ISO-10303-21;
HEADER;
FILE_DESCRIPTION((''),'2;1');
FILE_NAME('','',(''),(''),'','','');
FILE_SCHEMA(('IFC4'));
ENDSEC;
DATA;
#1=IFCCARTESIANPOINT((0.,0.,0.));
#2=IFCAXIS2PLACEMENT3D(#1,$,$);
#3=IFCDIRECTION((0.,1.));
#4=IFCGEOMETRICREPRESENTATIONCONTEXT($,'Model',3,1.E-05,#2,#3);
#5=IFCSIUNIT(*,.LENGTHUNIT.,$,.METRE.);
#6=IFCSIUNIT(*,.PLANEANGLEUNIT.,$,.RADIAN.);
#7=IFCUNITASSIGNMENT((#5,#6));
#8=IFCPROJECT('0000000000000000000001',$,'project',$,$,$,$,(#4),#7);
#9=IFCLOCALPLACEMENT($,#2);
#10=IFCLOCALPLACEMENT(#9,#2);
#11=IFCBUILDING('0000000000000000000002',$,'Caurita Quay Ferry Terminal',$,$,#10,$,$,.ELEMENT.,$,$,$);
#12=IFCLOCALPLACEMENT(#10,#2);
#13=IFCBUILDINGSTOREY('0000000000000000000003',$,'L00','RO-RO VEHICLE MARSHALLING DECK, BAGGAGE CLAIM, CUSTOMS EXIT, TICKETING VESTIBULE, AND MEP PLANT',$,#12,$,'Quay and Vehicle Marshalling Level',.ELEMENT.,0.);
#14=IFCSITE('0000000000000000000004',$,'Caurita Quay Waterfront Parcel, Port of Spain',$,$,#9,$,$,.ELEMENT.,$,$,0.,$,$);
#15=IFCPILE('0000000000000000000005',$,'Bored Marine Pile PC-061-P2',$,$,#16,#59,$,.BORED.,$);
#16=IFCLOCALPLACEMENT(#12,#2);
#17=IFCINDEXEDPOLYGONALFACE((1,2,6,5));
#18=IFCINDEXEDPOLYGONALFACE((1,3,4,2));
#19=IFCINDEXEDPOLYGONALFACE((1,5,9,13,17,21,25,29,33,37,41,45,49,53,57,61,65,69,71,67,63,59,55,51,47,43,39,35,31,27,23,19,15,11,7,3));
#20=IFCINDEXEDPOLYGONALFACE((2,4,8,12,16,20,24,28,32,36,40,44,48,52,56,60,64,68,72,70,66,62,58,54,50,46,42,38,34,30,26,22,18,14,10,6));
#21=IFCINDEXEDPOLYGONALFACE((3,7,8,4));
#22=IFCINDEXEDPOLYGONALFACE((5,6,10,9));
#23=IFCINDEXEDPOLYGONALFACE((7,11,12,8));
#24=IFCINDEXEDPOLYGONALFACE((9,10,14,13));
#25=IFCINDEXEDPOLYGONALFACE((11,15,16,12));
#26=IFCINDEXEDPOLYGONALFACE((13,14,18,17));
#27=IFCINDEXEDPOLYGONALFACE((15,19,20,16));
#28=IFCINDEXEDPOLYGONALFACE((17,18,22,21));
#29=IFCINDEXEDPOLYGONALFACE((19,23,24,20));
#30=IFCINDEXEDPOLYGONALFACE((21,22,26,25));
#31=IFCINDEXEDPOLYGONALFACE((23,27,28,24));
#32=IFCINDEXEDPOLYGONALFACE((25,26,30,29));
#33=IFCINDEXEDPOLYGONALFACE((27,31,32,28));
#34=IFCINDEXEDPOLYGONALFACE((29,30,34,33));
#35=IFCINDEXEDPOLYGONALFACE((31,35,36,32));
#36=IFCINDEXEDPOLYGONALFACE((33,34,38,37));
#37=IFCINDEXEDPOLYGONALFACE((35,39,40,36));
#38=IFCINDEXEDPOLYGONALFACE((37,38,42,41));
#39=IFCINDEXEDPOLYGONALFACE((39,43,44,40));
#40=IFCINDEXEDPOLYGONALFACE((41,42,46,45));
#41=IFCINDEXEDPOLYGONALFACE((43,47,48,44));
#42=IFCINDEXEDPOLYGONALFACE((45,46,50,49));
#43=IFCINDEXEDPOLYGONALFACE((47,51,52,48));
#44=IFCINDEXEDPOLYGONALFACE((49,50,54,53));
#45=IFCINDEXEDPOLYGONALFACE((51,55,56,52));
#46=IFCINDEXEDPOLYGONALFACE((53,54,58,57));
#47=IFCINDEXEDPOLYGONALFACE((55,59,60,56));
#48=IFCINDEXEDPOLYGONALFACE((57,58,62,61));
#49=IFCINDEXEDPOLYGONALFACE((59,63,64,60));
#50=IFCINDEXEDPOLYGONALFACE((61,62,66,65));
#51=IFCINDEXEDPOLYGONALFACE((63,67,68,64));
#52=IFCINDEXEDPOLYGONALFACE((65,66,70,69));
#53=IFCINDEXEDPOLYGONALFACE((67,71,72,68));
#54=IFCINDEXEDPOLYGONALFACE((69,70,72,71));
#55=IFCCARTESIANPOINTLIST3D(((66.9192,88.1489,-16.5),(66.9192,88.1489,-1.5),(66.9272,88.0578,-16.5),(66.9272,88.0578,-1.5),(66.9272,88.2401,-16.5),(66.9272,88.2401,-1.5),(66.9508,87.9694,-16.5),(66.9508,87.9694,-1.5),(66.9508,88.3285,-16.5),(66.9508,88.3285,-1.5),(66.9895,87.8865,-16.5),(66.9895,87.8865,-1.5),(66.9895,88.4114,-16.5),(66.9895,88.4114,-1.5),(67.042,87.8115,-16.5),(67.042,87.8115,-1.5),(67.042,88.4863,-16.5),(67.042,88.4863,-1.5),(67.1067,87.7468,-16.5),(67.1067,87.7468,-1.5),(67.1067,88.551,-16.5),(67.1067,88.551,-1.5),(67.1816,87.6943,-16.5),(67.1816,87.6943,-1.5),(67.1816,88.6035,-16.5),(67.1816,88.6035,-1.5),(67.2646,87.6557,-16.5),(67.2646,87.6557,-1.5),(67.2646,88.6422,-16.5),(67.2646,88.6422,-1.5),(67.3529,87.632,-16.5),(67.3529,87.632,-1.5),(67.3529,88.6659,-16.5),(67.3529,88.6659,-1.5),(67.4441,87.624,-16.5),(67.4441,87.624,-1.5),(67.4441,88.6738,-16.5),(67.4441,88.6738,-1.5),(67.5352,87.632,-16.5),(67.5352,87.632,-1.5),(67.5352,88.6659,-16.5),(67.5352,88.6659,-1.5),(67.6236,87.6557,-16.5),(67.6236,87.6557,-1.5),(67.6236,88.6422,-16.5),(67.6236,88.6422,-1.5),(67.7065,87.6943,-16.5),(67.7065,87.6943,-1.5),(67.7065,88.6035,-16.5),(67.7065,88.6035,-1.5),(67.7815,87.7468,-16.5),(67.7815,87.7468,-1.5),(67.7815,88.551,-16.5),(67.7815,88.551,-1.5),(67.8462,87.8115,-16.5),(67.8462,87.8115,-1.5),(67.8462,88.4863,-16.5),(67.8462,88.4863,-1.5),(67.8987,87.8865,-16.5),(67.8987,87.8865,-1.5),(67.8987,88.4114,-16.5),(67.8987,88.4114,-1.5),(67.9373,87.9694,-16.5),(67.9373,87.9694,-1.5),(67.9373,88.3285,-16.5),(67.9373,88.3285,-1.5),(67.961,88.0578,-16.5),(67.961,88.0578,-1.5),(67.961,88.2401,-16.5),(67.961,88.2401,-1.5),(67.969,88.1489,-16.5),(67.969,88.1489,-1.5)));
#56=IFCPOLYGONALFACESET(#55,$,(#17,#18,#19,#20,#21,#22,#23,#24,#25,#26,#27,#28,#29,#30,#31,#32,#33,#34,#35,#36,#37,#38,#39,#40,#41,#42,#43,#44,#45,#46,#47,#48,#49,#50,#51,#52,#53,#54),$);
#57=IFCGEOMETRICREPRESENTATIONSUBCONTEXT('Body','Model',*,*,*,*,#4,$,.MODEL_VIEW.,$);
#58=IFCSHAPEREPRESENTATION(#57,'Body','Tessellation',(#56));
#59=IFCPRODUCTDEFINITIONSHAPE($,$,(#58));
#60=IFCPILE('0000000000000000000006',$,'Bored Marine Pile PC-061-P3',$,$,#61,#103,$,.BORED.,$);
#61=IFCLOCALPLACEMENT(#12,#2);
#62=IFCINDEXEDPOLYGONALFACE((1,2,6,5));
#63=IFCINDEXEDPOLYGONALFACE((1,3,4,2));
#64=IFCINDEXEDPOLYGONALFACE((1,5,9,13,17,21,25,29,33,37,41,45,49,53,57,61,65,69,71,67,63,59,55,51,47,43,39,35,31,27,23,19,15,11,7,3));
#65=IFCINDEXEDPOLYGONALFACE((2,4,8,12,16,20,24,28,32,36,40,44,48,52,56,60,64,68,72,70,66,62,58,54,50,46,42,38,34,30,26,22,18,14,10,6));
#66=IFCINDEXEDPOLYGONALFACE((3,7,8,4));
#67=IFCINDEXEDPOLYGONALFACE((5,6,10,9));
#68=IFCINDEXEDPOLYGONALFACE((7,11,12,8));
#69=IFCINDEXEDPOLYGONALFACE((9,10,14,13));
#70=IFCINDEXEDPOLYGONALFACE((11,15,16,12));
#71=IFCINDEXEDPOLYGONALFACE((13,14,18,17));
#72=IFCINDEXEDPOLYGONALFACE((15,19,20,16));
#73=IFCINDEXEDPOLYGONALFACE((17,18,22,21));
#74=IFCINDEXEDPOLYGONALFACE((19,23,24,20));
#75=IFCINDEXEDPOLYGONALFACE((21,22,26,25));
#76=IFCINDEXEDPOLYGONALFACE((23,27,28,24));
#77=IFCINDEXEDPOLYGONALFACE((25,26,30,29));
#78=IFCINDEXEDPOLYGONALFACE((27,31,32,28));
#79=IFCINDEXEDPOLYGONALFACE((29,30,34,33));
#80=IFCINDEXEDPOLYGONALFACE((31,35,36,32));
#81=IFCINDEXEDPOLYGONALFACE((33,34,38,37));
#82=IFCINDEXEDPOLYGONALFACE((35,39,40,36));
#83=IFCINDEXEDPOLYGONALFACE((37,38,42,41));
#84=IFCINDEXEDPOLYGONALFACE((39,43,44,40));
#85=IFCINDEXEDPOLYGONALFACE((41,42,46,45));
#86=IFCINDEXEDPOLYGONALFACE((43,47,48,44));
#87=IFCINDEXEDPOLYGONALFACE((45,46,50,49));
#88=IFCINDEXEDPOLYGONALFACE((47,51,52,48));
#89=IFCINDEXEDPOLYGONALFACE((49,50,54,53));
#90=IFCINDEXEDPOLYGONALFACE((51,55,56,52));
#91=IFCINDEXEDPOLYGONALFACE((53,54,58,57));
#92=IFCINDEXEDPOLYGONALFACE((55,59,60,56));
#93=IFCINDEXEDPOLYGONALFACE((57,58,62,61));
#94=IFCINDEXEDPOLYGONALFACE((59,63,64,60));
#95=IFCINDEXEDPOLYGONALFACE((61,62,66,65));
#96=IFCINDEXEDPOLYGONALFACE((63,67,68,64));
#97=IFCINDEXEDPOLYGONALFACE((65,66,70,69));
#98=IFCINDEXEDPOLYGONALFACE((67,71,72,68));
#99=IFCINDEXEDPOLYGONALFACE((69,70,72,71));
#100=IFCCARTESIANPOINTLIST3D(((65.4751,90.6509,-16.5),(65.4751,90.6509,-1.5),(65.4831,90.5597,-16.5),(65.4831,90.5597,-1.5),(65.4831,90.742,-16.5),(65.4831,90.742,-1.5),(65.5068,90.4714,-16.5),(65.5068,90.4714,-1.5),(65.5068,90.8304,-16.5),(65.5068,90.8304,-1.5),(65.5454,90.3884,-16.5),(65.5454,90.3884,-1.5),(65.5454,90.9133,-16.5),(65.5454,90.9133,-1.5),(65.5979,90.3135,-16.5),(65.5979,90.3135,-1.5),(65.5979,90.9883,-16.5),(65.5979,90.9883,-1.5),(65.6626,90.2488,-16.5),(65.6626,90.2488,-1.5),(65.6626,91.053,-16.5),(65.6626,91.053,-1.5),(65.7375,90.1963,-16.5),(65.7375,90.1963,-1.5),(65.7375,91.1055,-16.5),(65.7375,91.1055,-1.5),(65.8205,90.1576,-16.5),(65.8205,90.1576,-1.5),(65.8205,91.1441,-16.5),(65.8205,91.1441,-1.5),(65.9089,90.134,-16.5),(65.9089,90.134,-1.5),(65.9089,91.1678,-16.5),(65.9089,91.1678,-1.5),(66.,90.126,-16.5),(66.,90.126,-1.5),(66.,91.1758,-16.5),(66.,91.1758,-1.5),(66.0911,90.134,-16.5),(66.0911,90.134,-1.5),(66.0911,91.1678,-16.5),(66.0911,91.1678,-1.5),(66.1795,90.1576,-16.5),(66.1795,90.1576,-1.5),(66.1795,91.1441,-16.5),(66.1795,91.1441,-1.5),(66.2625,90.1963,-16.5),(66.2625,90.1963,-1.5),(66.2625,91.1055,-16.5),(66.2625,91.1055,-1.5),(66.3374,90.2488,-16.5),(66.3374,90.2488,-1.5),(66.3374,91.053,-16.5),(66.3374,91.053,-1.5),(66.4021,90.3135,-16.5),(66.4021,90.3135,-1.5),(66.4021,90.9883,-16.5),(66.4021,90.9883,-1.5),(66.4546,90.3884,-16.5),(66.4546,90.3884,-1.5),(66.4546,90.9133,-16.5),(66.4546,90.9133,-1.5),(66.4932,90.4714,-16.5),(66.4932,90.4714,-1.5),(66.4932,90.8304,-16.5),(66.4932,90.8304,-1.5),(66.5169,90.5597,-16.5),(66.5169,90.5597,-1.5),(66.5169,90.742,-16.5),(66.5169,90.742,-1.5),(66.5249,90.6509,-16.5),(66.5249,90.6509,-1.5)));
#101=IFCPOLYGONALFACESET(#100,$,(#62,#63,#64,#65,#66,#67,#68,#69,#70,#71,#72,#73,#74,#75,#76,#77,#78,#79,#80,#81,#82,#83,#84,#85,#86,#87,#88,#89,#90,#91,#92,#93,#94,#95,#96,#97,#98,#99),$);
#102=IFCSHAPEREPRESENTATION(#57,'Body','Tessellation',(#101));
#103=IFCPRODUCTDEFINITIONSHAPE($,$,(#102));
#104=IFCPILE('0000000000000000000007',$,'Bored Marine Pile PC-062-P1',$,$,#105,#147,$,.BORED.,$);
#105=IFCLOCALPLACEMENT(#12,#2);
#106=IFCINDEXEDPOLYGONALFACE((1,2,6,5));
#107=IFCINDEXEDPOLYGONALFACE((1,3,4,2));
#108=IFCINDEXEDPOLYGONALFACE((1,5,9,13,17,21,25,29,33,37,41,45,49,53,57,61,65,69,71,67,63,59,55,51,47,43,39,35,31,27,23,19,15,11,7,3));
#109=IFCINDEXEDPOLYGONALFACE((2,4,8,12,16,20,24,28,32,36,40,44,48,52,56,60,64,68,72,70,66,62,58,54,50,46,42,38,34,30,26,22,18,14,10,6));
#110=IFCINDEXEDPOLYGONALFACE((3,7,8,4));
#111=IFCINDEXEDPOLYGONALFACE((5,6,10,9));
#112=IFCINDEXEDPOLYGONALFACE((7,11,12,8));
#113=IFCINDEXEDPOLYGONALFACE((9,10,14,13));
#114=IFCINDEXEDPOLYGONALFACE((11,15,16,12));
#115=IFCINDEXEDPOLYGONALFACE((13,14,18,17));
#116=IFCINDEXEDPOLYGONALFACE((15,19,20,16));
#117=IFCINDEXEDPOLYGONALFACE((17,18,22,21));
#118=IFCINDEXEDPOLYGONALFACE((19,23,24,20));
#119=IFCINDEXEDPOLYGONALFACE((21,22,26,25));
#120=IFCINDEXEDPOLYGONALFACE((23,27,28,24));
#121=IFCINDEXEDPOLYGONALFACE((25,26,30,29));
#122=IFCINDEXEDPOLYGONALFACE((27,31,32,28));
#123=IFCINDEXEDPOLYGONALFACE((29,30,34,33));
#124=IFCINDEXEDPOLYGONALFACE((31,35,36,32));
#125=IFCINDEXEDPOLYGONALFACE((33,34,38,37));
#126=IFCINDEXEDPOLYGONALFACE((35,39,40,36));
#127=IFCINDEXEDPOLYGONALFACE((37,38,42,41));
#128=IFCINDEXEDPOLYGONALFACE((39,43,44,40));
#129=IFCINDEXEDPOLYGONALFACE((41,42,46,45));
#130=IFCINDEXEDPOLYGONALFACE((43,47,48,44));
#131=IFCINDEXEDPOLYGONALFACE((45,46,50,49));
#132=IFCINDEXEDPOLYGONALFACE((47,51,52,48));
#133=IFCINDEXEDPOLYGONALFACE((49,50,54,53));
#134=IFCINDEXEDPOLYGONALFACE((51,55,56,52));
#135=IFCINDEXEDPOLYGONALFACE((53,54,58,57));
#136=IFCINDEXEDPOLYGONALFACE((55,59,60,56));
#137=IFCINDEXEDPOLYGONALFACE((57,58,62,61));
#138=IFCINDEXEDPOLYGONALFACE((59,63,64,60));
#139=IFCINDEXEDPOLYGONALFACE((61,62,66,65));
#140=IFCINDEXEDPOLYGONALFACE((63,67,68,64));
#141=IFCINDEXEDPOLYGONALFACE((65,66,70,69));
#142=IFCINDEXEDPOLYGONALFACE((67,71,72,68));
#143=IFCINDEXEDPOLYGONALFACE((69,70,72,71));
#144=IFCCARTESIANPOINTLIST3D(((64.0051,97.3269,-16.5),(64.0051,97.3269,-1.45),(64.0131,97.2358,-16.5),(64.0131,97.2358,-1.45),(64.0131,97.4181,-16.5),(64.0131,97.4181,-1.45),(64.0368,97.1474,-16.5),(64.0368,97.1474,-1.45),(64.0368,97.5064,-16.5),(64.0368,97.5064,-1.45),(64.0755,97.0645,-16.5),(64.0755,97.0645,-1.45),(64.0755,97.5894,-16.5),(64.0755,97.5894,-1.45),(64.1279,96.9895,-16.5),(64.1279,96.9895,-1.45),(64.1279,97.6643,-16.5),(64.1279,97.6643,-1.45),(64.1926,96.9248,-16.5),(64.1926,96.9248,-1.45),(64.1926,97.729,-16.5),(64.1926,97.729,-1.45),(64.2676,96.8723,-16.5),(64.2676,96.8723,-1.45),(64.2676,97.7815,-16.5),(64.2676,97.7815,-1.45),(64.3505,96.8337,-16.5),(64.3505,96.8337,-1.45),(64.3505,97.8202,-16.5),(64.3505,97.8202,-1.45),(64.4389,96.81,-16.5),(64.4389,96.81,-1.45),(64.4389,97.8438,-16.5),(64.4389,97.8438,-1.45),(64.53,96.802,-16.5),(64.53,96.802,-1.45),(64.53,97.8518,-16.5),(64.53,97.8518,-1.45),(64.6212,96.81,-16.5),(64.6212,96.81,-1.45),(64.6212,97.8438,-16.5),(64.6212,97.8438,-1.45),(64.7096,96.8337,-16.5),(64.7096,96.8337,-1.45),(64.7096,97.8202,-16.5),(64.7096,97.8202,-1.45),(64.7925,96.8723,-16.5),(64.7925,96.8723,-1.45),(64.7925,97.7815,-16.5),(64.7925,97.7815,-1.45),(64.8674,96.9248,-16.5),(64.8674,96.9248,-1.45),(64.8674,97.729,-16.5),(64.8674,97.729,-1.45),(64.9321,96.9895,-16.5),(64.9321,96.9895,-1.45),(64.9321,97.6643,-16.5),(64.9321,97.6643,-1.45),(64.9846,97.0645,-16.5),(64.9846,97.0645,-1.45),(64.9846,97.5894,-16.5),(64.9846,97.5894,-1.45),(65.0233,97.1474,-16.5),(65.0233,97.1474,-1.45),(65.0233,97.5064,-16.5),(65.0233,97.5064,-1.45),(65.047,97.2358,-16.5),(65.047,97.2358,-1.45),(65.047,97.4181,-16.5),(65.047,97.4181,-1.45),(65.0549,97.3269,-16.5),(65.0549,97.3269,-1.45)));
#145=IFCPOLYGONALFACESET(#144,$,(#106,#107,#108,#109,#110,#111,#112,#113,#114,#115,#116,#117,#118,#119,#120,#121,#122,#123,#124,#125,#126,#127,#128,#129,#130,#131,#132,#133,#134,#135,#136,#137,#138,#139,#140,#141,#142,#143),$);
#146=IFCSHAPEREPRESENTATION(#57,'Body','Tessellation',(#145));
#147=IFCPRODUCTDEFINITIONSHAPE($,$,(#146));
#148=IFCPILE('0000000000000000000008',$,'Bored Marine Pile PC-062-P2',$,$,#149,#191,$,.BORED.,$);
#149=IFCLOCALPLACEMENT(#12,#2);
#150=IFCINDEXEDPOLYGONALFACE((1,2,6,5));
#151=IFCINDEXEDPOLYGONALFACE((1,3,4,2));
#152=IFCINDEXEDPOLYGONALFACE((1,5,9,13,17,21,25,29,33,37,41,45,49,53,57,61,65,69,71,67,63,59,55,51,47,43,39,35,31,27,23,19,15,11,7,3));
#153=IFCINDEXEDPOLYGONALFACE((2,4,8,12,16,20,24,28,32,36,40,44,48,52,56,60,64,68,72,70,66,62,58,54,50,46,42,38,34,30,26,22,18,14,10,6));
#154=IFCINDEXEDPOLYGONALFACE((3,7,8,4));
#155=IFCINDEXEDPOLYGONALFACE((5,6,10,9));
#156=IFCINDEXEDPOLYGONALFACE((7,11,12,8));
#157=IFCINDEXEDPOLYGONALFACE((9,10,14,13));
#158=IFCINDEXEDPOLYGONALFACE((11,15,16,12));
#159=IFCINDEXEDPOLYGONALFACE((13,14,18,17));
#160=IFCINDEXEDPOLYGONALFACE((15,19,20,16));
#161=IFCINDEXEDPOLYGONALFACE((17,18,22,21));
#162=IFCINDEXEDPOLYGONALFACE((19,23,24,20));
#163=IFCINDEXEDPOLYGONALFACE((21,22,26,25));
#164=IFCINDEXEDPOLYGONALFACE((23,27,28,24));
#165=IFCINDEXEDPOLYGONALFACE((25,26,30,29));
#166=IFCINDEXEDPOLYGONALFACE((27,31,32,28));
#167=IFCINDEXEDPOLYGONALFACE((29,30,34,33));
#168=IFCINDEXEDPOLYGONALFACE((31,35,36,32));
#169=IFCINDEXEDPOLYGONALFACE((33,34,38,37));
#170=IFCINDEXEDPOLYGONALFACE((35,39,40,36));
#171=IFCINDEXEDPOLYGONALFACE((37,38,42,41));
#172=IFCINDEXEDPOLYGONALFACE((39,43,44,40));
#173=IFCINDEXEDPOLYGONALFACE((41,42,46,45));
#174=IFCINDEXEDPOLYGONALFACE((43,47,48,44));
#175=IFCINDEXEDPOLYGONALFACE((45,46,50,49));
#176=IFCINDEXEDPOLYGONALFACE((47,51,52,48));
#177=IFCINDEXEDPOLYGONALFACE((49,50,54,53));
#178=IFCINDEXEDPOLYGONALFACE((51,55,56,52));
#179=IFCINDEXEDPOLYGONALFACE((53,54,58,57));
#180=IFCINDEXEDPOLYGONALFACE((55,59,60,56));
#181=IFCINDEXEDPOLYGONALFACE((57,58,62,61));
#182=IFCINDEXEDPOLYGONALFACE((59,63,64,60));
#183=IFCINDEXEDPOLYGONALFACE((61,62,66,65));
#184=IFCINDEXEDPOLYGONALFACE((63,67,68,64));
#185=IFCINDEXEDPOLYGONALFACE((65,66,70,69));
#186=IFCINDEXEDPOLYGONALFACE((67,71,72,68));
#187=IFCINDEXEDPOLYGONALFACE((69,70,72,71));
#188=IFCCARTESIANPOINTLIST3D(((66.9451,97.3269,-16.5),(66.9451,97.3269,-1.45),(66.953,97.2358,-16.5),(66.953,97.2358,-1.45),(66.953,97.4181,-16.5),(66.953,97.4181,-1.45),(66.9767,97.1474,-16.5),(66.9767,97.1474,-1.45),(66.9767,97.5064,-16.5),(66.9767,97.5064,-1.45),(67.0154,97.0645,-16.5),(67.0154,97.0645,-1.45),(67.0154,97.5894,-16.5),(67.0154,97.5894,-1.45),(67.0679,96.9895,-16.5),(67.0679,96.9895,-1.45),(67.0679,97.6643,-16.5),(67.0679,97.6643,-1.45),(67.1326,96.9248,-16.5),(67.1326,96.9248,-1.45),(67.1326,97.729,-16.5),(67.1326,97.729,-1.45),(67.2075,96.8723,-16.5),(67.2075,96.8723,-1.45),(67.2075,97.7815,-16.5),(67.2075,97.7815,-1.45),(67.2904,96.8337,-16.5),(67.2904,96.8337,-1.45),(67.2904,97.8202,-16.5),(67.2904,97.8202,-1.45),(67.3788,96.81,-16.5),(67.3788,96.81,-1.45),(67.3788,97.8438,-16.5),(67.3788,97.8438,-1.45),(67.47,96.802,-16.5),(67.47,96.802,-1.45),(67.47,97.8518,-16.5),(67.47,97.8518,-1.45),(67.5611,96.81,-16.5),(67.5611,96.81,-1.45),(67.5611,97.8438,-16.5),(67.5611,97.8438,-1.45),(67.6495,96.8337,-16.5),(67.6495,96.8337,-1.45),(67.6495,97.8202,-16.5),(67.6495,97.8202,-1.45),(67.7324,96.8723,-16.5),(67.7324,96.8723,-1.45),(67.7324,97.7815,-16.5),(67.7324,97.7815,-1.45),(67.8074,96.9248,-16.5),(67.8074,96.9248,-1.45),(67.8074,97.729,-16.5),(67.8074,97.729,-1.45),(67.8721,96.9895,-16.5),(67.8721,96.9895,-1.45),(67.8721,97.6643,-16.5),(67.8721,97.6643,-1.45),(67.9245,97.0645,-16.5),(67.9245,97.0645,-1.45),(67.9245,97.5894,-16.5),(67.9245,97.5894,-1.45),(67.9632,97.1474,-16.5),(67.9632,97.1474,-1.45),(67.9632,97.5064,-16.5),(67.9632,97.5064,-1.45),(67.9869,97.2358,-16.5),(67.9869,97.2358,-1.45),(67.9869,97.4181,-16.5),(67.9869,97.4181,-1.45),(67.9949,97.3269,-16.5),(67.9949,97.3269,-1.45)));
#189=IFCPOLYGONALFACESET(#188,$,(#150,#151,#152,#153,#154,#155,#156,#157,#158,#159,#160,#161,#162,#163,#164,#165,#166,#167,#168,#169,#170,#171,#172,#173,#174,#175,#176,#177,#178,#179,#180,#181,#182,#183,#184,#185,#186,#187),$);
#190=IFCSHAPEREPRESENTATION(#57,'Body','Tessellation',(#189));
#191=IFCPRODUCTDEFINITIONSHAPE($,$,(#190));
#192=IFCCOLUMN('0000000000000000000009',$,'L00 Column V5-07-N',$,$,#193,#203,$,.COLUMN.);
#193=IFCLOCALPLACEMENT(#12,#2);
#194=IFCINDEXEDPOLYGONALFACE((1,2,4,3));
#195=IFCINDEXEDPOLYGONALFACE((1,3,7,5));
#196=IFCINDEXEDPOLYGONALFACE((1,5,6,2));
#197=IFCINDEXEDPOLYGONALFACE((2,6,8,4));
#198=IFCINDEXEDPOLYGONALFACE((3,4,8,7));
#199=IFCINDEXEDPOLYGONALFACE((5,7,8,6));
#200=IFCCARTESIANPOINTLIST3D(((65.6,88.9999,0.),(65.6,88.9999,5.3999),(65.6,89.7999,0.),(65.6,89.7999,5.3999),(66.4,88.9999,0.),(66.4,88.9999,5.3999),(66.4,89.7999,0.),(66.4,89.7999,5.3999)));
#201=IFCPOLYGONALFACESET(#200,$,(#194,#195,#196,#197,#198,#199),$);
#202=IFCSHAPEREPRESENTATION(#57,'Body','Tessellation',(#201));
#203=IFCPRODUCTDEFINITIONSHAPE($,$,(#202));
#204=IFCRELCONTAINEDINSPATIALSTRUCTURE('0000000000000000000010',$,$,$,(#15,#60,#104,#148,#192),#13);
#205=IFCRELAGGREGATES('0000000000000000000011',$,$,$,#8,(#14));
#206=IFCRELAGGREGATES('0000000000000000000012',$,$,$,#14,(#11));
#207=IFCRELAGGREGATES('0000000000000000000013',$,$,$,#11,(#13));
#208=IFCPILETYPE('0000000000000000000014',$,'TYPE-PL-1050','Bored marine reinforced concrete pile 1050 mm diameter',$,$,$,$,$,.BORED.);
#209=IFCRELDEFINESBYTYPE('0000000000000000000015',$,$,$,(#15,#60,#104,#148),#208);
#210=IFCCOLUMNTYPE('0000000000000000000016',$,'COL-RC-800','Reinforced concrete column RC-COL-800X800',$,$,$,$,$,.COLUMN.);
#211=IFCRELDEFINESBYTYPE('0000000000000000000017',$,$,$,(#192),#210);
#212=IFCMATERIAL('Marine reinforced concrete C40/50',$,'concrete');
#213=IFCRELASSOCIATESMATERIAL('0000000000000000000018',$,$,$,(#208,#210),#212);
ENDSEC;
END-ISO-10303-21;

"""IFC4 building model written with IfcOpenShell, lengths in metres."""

from ifc_helpers import new_model, si_unit, direction, frame, origin, origin_2d, place, context, subcontext, project, spatial, rectangle, circle, extrude, material, material_profile, profile_set, type_object, element, save


model = new_model("IFC4")

# Units and contexts
model_context = context("Model", 3, precision=1e-05, world=origin(), true_north=direction((0.0, 1.0)))
body_context = subcontext(model_context, "Body", "Model", "MODEL_VIEW")
ifc_project = project(units=[si_unit("LENGTHUNIT", "METRE"), si_unit("PLANEANGLEUNIT", "RADIAN")], contexts=[model_context])

# Site, building, storey
site_placement = place(None, origin())
site = spatial("IfcSite", under=ifc_project, at=site_placement, Name="Caurita Quay Waterfront Parcel, Port of Spain", CompositionType="ELEMENT", RefElevation=0.0)
building_placement = place(site_placement, origin())
building = spatial("IfcBuilding", under=site, at=building_placement, Name="Caurita Quay Ferry Terminal", CompositionType="ELEMENT")
storey_placement = place(building_placement, origin())
storey = spatial("IfcBuildingStorey", under=building, at=storey_placement, Name="L00", Description="RO-RO VEHICLE MARSHALLING DECK, BAGGAGE CLAIM, CUSTOMS EXIT, TICKETING VESTIBULE, AND MEP PLANT", LongName="Quay and Vehicle Marshalling Level", CompositionType="ELEMENT", Elevation=0.0)

# Piles
ifc_material_1 = material(Name="Marine reinforced concrete C40/50", Category="concrete")
ifc_material_profile_1 = material_profile(ifc_material_1, circle(Radius=0.5249, at=origin_2d()), Name="PILE-D1050")
ifc_profile_set_1 = profile_set([ifc_material_profile_1], Name="Marine reinforced concrete C40/50")
pile_type = type_object("IfcPileType", Name="TYPE-PL-1050", Description="Bored marine reinforced concrete pile 1050 mm diameter", PredefinedType="BORED", material=ifc_profile_set_1)
for number, where, z_axis, x_axis, name in (
    (1, (67.4441, 88.1489, -1.5), (0.0, 0.0, -1.0), (1.0, 0.0, 0.0), "Bored Marine Pile PC-061-P2"),
    (2, (66.0, 90.6509, -1.5), (0.0, 0.0, -1.0), (1.0, 0.0, 0.0), "Bored Marine Pile PC-061-P3"),
):
    element("IfcPile", number, at=place(storey_placement, frame(where, z_axis=z_axis, x_axis=x_axis)), inside=storey, type_object=pile_type, Name=name, PredefinedType="BORED", context=body_context, shape_type="SweptSolid", body=[
        extrude(circle(Radius=0.5249, at=origin_2d()), origin(), (0.0, 0.0, 1.0), 15.0),
    ])
for number, where, z_axis, x_axis, name in (
    (3, (64.53, 97.3269, -1.45), (0.0, 0.0, -1.0), (1.0, 0.0, 0.0), "Bored Marine Pile PC-062-P1"),
    (4, (67.47, 97.3269, -1.45), (0.0, 0.0, -1.0), (1.0, 0.0, 0.0), "Bored Marine Pile PC-062-P2"),
):
    element("IfcPile", number, at=place(storey_placement, frame(where, z_axis=z_axis, x_axis=x_axis)), inside=storey, type_object=pile_type, Name=name, PredefinedType="BORED", context=body_context, shape_type="SweptSolid", body=[
        extrude(circle(Radius=0.5249, at=origin_2d()), origin(), (0.0, 0.0, 1.0), 15.05),
    ])

# Column
ifc_material_profile_2 = material_profile(ifc_material_1, rectangle(XDim=0.8, YDim=0.8, at=origin_2d()), Name="RC-COL-800X800")
ifc_profile_set_2 = profile_set([ifc_material_profile_2], Name="Marine reinforced concrete C40/50")
column_type = type_object("IfcColumnType", Name="COL-RC-800", Description="Reinforced concrete column RC-COL-800X800", PredefinedType="COLUMN", material=ifc_profile_set_2)
for number, where, z_axis, x_axis, name in (
    (5, (66.0, 89.3999, 0.0), (0.0, 0.0, 1.0), (1.0, 0.0, 0.0), "L00 Column V5-07-N"),
):
    element("IfcColumn", number, at=place(storey_placement, frame(where, z_axis=z_axis, x_axis=x_axis)), inside=storey, type_object=column_type, Name=name, PredefinedType="COLUMN", context=body_context, shape_type="SweptSolid", body=[
        extrude(rectangle(XDim=0.8, YDim=0.8, at=origin_2d()), origin(), (0.0, 0.0, 1.0), 5.3999),
    ])

save(model, "model.ifc")
